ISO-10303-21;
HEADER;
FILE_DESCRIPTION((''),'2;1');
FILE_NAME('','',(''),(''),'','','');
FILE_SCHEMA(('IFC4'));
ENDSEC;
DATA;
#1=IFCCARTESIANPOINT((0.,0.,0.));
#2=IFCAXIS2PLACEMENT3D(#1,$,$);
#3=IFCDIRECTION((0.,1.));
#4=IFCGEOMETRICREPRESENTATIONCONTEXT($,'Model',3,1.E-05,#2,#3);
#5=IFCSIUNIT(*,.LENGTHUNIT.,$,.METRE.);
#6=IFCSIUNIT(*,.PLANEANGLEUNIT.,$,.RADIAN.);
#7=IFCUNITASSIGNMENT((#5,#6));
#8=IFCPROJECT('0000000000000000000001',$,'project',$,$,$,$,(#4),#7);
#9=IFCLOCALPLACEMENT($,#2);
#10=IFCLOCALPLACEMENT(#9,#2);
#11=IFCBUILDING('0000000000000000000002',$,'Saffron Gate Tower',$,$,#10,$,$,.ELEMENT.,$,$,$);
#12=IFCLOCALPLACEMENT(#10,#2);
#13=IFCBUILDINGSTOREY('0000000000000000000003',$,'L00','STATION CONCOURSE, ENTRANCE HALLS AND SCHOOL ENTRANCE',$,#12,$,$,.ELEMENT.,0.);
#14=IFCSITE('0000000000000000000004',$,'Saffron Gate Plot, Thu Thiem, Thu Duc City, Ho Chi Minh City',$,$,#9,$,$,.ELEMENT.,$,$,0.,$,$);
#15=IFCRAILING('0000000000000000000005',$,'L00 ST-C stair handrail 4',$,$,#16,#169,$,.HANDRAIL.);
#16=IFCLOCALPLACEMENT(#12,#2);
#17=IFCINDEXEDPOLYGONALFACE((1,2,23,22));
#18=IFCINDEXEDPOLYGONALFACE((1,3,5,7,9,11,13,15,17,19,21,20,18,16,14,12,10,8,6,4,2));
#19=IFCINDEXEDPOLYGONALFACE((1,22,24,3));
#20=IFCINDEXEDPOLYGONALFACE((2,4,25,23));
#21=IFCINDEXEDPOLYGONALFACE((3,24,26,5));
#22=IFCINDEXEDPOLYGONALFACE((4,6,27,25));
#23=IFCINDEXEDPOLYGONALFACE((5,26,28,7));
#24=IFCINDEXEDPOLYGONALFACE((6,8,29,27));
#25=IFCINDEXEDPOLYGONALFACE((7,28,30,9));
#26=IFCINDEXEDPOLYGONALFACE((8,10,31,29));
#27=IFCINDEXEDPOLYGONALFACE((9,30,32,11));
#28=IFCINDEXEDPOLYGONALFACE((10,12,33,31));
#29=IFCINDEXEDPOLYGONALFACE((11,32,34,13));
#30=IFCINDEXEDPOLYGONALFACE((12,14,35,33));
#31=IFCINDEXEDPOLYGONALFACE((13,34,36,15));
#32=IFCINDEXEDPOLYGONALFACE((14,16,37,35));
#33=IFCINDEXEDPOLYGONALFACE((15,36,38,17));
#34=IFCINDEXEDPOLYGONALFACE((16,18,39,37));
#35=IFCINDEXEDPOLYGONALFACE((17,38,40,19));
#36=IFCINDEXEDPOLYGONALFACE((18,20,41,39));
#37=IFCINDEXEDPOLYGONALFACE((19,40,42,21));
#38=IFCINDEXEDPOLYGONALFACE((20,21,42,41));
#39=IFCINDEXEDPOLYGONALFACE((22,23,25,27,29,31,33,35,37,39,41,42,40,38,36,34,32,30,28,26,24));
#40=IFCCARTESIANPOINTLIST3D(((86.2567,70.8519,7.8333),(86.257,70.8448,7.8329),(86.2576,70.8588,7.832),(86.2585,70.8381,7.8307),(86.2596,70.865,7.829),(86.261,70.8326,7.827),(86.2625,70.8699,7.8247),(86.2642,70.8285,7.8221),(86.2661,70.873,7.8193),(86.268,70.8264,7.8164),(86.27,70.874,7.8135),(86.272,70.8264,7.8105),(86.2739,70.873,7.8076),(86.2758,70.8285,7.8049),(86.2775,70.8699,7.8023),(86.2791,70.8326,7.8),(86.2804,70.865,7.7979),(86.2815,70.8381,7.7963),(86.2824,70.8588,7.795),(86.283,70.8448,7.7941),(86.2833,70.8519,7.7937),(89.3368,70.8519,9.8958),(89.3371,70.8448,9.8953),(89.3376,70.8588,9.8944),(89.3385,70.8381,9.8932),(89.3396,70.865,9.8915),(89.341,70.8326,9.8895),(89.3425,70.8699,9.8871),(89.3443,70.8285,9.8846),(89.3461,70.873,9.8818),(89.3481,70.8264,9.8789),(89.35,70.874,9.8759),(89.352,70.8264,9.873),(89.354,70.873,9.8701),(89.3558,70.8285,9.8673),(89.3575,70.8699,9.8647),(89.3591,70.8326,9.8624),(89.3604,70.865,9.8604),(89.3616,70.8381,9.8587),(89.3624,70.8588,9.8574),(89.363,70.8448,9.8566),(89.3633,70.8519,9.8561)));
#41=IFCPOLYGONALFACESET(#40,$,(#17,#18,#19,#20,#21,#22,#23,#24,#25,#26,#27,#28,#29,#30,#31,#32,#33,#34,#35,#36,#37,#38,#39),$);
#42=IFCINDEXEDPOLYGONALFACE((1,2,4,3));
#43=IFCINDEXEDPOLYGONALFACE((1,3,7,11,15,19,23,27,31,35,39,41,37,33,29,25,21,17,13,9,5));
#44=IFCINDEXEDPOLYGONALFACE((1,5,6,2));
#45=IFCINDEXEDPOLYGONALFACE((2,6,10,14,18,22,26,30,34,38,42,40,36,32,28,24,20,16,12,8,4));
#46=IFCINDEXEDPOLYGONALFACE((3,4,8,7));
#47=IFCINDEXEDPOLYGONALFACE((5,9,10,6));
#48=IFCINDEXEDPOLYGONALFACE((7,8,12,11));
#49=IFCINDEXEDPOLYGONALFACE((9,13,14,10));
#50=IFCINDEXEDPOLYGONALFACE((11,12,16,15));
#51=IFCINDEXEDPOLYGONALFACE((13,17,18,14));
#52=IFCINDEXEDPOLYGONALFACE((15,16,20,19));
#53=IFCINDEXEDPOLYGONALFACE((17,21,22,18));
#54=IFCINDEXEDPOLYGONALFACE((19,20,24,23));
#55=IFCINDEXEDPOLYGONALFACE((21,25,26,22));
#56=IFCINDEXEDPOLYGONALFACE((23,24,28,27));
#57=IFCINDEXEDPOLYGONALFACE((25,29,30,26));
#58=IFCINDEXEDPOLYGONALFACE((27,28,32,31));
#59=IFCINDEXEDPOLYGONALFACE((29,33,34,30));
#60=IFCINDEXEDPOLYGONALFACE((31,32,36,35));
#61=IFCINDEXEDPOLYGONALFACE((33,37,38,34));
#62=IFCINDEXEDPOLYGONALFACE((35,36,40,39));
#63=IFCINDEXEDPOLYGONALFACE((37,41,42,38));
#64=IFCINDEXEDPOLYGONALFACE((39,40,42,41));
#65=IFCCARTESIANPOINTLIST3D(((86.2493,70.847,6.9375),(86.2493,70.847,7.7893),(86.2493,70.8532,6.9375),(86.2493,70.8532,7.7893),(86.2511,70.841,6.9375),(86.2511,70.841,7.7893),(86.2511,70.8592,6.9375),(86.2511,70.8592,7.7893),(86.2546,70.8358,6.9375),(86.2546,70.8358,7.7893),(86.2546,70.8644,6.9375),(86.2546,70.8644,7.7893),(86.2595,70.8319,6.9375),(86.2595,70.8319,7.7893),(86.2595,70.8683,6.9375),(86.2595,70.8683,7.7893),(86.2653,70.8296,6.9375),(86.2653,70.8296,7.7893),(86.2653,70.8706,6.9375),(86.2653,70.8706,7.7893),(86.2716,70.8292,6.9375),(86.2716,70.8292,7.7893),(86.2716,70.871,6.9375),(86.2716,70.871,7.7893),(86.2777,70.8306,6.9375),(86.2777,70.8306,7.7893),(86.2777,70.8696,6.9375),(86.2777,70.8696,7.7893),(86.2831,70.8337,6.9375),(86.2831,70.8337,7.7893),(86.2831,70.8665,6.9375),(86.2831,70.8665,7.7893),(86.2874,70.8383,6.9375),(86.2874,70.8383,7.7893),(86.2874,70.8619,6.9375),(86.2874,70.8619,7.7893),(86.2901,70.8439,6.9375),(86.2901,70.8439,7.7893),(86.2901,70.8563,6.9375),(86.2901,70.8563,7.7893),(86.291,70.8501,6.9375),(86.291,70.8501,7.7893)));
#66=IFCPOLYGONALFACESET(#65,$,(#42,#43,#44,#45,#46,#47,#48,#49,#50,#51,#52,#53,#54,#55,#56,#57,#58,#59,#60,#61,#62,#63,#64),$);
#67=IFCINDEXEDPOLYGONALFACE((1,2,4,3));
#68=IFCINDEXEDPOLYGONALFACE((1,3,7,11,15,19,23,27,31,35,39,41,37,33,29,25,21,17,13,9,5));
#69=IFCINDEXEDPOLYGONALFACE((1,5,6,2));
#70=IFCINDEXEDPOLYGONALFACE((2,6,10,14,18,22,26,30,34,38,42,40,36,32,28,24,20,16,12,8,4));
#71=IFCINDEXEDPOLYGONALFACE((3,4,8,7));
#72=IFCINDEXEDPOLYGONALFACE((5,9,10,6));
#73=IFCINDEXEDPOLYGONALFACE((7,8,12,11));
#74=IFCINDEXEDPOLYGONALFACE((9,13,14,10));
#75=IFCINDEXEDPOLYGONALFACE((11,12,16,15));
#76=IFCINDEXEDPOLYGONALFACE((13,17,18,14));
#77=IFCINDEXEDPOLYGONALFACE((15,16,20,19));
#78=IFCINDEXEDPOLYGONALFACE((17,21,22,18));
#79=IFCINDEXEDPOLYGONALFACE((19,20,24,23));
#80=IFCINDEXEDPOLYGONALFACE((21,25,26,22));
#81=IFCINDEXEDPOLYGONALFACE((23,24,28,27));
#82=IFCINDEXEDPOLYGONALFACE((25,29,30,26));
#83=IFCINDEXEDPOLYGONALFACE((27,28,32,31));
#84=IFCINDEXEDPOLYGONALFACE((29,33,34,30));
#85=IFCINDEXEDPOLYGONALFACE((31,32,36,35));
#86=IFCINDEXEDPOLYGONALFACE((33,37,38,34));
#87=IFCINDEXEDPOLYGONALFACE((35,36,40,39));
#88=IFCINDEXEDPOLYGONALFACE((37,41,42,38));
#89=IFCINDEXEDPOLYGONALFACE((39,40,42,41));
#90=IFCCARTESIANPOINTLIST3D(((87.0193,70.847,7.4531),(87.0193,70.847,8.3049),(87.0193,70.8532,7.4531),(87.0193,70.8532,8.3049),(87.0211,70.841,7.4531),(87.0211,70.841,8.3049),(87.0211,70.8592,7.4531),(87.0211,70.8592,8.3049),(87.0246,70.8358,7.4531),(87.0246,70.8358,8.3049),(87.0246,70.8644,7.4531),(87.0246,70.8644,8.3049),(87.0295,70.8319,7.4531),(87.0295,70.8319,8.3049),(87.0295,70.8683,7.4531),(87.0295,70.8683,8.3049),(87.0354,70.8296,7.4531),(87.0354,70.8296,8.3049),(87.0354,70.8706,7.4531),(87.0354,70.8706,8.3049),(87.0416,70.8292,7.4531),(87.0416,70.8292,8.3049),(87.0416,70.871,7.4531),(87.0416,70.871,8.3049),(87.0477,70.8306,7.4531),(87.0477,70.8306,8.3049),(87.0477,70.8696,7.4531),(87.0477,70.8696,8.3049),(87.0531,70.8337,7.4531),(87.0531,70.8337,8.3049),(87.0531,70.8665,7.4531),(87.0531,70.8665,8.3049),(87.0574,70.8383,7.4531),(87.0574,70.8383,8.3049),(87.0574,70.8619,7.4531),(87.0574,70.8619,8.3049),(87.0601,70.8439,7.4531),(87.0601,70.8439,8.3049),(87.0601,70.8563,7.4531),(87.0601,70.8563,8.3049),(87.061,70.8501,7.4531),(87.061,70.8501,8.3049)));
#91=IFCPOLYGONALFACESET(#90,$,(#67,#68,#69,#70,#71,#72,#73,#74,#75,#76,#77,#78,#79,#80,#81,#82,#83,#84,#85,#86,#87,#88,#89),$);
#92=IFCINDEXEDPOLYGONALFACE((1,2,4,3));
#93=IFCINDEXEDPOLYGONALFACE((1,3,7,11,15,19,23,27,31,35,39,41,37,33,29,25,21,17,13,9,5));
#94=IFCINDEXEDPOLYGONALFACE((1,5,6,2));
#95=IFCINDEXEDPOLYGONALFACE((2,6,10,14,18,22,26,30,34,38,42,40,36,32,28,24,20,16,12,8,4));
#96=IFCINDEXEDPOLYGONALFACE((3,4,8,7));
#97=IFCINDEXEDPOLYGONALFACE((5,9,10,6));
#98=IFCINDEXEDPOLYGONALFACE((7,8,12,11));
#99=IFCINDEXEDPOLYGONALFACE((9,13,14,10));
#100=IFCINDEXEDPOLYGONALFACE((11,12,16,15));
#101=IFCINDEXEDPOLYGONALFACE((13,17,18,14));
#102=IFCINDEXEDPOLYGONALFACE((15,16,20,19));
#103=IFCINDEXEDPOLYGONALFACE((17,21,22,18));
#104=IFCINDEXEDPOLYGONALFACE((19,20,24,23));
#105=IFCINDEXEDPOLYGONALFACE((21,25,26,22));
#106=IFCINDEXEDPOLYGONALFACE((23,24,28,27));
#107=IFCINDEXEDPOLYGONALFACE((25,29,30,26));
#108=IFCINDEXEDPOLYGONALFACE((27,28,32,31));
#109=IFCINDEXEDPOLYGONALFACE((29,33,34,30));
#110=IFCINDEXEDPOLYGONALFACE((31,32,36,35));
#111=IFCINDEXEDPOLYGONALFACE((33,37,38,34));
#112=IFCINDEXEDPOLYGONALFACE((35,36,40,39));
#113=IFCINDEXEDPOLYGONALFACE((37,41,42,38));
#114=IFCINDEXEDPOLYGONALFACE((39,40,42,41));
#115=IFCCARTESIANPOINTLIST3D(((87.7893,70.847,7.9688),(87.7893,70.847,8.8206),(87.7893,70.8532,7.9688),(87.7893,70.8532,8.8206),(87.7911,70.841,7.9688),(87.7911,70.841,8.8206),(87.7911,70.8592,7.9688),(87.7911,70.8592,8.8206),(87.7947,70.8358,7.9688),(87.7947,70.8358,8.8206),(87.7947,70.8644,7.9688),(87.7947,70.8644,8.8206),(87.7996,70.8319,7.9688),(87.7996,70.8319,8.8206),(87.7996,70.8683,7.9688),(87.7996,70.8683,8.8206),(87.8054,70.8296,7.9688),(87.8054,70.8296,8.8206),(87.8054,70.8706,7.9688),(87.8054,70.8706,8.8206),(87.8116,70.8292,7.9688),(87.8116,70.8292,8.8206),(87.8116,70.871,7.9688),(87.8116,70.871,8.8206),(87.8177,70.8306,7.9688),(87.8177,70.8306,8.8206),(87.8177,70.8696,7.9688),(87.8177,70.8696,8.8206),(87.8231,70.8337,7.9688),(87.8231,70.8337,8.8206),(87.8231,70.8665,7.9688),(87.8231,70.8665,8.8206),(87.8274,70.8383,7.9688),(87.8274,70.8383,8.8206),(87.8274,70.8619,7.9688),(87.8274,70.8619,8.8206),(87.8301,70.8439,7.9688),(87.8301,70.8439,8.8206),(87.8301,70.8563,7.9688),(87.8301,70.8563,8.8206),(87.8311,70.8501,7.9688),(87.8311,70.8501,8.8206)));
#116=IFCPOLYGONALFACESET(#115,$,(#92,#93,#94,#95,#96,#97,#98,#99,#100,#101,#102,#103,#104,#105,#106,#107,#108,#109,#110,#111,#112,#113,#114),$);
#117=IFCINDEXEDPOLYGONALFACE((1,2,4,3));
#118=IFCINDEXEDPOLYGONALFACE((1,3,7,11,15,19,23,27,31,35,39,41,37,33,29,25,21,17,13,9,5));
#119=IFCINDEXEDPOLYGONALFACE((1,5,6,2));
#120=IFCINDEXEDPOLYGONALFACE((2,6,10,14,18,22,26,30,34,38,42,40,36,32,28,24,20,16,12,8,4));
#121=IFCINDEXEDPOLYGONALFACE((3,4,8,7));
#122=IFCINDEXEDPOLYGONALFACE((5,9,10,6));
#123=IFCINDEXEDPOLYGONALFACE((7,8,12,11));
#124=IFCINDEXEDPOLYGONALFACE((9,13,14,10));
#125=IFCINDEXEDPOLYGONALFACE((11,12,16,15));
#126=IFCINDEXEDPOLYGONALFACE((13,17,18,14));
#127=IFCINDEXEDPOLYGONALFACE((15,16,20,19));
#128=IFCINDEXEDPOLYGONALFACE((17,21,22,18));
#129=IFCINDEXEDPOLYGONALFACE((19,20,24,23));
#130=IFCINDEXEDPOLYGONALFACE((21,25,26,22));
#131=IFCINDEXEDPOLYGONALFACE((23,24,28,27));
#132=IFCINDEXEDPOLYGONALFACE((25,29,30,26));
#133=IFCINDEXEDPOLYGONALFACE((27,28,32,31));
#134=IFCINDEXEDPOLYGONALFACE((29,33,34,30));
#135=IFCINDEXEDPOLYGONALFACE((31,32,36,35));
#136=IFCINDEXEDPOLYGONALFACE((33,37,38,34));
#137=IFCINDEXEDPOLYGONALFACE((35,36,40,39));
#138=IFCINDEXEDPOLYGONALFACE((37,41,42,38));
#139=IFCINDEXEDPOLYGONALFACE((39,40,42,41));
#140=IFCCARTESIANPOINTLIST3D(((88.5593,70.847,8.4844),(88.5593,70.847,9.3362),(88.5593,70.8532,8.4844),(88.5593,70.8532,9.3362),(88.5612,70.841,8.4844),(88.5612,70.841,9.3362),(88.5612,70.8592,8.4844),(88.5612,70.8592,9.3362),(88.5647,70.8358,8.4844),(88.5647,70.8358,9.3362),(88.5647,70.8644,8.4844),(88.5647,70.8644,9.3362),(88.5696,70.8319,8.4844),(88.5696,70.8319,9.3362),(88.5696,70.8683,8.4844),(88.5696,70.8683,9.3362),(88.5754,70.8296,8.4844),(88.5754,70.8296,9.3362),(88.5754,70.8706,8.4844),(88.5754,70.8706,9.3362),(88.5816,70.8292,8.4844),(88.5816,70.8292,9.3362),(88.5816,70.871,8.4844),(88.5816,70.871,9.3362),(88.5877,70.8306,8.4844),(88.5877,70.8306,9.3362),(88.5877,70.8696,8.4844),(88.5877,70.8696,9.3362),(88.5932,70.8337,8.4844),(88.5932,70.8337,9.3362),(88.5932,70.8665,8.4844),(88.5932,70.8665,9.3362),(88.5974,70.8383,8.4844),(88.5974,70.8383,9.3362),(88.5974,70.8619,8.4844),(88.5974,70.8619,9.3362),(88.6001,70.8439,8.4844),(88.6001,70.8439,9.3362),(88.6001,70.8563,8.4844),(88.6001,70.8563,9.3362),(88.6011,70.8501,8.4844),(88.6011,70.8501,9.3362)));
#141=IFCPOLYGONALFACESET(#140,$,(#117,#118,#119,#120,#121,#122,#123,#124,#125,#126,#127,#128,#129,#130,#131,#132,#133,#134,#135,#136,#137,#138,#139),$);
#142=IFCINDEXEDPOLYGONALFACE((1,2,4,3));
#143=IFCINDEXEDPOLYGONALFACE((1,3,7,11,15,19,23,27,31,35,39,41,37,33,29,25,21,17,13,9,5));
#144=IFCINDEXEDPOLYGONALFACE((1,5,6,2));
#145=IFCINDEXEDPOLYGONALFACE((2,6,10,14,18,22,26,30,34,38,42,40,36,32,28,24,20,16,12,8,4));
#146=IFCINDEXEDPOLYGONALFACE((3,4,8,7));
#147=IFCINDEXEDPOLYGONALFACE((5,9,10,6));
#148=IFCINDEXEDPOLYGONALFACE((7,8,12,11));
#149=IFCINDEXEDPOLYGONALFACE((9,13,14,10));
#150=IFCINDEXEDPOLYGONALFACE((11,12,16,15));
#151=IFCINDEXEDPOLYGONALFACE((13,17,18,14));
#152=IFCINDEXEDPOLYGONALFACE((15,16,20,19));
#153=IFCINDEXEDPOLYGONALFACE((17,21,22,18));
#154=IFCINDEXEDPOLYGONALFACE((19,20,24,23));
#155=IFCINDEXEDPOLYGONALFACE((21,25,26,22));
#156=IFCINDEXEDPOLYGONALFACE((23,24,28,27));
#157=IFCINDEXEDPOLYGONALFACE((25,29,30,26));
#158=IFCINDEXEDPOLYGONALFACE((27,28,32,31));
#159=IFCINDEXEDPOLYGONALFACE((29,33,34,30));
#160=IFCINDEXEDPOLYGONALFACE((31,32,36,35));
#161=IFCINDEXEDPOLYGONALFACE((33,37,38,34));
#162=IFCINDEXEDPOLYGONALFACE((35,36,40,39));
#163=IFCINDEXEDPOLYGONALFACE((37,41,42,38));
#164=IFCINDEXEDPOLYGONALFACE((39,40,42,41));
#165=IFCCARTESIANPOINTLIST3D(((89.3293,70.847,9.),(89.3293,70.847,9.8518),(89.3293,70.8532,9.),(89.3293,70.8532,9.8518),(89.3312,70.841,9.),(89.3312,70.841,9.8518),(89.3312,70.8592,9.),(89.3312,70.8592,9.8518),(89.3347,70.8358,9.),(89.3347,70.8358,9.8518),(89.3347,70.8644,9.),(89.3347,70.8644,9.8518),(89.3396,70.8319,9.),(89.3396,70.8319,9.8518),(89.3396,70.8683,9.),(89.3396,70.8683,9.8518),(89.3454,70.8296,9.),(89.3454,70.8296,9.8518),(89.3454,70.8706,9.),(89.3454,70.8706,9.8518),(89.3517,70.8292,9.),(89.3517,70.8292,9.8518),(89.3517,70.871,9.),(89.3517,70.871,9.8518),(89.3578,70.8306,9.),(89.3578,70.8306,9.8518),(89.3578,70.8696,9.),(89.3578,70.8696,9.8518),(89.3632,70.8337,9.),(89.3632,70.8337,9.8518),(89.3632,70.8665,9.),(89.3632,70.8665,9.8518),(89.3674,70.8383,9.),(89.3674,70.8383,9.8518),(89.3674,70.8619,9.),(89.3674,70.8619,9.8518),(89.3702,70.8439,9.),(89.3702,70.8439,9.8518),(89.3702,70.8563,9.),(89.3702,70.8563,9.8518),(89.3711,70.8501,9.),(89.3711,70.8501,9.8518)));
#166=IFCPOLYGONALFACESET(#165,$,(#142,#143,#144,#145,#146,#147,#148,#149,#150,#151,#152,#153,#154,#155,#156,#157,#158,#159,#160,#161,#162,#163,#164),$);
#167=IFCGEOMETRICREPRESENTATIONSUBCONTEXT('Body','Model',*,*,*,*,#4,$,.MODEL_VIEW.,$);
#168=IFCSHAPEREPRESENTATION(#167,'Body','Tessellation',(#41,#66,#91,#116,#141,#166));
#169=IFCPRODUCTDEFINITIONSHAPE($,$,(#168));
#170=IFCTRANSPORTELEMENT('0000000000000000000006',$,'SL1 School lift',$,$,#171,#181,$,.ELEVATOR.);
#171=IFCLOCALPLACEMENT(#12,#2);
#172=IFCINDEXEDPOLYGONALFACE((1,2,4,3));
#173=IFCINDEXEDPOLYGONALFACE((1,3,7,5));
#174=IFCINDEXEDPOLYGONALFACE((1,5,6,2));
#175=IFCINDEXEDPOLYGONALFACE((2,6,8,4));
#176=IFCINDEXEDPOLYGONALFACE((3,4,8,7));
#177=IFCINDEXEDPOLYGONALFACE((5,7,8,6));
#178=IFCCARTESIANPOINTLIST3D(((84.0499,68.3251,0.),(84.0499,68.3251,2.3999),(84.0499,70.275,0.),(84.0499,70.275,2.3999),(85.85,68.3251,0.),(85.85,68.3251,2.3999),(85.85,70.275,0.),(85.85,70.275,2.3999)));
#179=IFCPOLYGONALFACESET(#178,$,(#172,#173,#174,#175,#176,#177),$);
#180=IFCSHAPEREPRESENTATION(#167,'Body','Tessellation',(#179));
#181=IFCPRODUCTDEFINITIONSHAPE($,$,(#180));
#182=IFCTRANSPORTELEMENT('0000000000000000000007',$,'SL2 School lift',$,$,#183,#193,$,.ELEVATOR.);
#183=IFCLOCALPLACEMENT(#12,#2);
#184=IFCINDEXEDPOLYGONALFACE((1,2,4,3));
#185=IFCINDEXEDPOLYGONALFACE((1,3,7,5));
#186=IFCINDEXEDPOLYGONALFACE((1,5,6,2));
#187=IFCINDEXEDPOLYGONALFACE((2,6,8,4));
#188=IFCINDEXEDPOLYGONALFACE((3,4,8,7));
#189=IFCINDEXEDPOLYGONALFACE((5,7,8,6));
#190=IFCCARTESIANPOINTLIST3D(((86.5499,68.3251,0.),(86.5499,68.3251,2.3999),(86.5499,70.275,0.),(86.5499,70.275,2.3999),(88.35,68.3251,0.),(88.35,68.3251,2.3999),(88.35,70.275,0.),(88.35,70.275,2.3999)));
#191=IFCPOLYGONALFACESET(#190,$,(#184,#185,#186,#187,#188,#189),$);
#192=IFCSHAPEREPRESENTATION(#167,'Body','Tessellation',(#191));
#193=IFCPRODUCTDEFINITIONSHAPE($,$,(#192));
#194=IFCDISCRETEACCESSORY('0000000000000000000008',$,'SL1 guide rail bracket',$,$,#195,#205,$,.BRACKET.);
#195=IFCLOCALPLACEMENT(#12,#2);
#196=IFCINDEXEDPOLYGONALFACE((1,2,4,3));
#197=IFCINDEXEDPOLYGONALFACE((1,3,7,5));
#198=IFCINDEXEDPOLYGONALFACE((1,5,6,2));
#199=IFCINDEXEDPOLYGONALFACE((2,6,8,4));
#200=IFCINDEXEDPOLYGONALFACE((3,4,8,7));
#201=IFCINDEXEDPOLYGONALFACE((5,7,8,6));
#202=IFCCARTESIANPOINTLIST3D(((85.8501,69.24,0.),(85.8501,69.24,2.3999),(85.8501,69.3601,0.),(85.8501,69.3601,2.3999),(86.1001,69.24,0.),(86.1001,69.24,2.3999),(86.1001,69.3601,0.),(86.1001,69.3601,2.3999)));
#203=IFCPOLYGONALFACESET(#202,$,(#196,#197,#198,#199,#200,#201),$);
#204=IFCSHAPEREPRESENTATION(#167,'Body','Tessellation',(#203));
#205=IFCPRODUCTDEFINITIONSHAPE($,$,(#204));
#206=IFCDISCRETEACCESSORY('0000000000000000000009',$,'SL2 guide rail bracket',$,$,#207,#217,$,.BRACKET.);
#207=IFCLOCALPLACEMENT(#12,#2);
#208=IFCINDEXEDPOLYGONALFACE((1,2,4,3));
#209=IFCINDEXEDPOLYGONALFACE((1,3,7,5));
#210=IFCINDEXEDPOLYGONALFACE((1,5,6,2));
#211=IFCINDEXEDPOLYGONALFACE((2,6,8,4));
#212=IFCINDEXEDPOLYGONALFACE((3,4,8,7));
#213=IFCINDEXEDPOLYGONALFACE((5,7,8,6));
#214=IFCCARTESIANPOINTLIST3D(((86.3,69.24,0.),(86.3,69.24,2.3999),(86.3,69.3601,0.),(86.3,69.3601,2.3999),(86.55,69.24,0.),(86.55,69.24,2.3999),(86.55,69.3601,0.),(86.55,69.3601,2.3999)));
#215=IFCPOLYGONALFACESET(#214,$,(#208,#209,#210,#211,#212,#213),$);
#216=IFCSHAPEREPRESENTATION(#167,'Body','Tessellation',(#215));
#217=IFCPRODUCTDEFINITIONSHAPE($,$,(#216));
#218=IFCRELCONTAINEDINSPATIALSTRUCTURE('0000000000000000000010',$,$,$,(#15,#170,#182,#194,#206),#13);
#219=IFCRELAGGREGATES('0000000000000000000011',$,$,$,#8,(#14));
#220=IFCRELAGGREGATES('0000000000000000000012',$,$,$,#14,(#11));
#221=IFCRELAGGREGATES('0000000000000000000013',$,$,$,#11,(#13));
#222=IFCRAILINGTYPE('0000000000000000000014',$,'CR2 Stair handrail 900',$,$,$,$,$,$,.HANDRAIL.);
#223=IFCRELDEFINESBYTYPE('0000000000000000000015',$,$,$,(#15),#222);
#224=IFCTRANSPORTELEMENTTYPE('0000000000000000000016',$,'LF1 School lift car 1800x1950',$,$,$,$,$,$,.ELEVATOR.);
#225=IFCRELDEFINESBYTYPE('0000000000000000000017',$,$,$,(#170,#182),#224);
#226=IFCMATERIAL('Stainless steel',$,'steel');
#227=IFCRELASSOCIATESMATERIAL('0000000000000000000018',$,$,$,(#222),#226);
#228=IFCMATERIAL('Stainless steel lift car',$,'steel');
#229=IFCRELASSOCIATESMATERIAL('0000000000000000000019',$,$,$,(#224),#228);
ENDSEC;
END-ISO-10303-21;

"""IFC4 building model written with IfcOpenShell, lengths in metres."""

from ifc_helpers import new_model, si_unit, direction, frame, origin, origin_2d, place, context, subcontext, project, spatial, rectangle, circle, extrude, material, type_object, element, save


model = new_model("IFC4")

# Units and contexts
model_context = context("Model", 3, precision=1e-05, world=origin(), true_north=direction((0.0, 1.0)))
body_context = subcontext(model_context, "Body", "Model", "MODEL_VIEW")
ifc_project = project(units=[si_unit("LENGTHUNIT", "METRE"), si_unit("PLANEANGLEUNIT", "RADIAN")], contexts=[model_context])

# Site, building, storey
site_placement = place(None, origin())
site = spatial("IfcSite", under=ifc_project, at=site_placement, Name="Saffron Gate Plot, Thu Thiem, Thu Duc City, Ho Chi Minh City", CompositionType="ELEMENT", RefElevation=0.0)
building_placement = place(site_placement, origin())
building = spatial("IfcBuilding", under=site, at=building_placement, Name="Saffron Gate Tower", CompositionType="ELEMENT")
storey_placement = place(building_placement, origin())
storey = spatial("IfcBuildingStorey", under=building, at=storey_placement, Name="L00", Description="STATION CONCOURSE, ENTRANCE HALLS AND SCHOOL ENTRANCE", CompositionType="ELEMENT", Elevation=0.0)

# Railing
ifc_material_1 = material(Name="Stainless steel", Category="steel")
railing_type = type_object("IfcRailingType", Name="CR2 Stair handrail 900", PredefinedType="HANDRAIL", material=ifc_material_1)
for number, where, name in (
    (1, (86.27, 70.8501, 6.9375), "L00 ST-C stair handrail 4"),
):
    element("IfcRailing", number, at=place(storey_placement, frame(where)), inside=storey, type_object=railing_type, Name=name, PredefinedType="HANDRAIL", context=body_context, shape_type="SweptSolid", body=[
        extrude(circle(Radius=0.0239, at=origin_2d()), frame((0.0, 0.0, 0.876), z_axis=(0.830914, 0.0, 0.556401), x_axis=(0.0, 1.0, 0.0)), (0.0, 0.0, 1.0), 3.7068),
        extrude(circle(Radius=0.021, at=origin_2d()), origin(), (0.0, 0.0, 1.0), 0.8518),
        extrude(circle(Radius=0.021, at=origin_2d()), frame((0.77, 0.0, 0.5156)), (0.0, 0.0, 1.0), 0.8518),
        extrude(circle(Radius=0.021, at=origin_2d()), frame((1.54, 0.0, 1.0312)), (0.0, 0.0, 1.0), 0.8518),
        extrude(circle(Radius=0.021, at=origin_2d()), frame((2.3101, 0.0, 1.5469)), (0.0, 0.0, 1.0), 0.8518),
        extrude(circle(Radius=0.021, at=origin_2d()), frame((3.0801, 0.0, 2.0625)), (0.0, 0.0, 1.0), 0.8518),
    ])

# Transport elements
ifc_material_2 = material(Name="Stainless steel lift car", Category="steel")
transport_element_type = type_object("IfcTransportElementType", Name="LF1 School lift car 1800x1950", PredefinedType="ELEVATOR", material=ifc_material_2)
for number, where, z_axis, x_axis, name in (
    (2, (84.95, 69.3, 0.0), (0.0, 0.0, 1.0), (1.0, 0.0, 0.0), "SL1 School lift"),
    (3, (87.45, 69.3, 0.0), (0.0, 0.0, 1.0), (1.0, 0.0, 0.0), "SL2 School lift"),
):
    element("IfcTransportElement", number, at=place(storey_placement, frame(where, z_axis=z_axis, x_axis=x_axis)), inside=storey, type_object=transport_element_type, Name=name, PredefinedType="ELEVATOR", context=body_context, shape_type="SweptSolid", body=[
        extrude(rectangle(XDim=1.8, YDim=1.95, at=origin_2d()), origin(), (0.0, 0.0, 1.0), 2.3999),
    ])

# Discrete accessories
for number, where, z_axis, x_axis, name in (
    (4, (85.9751, 69.3, 0.0), (0.0, 0.0, 1.0), (1.0, 0.0, 0.0), "SL1 guide rail bracket"),
    (5, (86.425, 69.3, 0.0), (0.0, 0.0, 1.0), (1.0, 0.0, 0.0), "SL2 guide rail bracket"),
):
    element("IfcDiscreteAccessory", number, at=place(storey_placement, frame(where, z_axis=z_axis, x_axis=x_axis)), inside=storey, Name=name, PredefinedType="BRACKET", context=body_context, shape_type="SweptSolid", body=[
        extrude(rectangle(XDim=0.25, YDim=0.1201, at=origin_2d()), origin(), (0.0, 0.0, 1.0), 2.3999),
    ])

save(model, "model.ifc")
